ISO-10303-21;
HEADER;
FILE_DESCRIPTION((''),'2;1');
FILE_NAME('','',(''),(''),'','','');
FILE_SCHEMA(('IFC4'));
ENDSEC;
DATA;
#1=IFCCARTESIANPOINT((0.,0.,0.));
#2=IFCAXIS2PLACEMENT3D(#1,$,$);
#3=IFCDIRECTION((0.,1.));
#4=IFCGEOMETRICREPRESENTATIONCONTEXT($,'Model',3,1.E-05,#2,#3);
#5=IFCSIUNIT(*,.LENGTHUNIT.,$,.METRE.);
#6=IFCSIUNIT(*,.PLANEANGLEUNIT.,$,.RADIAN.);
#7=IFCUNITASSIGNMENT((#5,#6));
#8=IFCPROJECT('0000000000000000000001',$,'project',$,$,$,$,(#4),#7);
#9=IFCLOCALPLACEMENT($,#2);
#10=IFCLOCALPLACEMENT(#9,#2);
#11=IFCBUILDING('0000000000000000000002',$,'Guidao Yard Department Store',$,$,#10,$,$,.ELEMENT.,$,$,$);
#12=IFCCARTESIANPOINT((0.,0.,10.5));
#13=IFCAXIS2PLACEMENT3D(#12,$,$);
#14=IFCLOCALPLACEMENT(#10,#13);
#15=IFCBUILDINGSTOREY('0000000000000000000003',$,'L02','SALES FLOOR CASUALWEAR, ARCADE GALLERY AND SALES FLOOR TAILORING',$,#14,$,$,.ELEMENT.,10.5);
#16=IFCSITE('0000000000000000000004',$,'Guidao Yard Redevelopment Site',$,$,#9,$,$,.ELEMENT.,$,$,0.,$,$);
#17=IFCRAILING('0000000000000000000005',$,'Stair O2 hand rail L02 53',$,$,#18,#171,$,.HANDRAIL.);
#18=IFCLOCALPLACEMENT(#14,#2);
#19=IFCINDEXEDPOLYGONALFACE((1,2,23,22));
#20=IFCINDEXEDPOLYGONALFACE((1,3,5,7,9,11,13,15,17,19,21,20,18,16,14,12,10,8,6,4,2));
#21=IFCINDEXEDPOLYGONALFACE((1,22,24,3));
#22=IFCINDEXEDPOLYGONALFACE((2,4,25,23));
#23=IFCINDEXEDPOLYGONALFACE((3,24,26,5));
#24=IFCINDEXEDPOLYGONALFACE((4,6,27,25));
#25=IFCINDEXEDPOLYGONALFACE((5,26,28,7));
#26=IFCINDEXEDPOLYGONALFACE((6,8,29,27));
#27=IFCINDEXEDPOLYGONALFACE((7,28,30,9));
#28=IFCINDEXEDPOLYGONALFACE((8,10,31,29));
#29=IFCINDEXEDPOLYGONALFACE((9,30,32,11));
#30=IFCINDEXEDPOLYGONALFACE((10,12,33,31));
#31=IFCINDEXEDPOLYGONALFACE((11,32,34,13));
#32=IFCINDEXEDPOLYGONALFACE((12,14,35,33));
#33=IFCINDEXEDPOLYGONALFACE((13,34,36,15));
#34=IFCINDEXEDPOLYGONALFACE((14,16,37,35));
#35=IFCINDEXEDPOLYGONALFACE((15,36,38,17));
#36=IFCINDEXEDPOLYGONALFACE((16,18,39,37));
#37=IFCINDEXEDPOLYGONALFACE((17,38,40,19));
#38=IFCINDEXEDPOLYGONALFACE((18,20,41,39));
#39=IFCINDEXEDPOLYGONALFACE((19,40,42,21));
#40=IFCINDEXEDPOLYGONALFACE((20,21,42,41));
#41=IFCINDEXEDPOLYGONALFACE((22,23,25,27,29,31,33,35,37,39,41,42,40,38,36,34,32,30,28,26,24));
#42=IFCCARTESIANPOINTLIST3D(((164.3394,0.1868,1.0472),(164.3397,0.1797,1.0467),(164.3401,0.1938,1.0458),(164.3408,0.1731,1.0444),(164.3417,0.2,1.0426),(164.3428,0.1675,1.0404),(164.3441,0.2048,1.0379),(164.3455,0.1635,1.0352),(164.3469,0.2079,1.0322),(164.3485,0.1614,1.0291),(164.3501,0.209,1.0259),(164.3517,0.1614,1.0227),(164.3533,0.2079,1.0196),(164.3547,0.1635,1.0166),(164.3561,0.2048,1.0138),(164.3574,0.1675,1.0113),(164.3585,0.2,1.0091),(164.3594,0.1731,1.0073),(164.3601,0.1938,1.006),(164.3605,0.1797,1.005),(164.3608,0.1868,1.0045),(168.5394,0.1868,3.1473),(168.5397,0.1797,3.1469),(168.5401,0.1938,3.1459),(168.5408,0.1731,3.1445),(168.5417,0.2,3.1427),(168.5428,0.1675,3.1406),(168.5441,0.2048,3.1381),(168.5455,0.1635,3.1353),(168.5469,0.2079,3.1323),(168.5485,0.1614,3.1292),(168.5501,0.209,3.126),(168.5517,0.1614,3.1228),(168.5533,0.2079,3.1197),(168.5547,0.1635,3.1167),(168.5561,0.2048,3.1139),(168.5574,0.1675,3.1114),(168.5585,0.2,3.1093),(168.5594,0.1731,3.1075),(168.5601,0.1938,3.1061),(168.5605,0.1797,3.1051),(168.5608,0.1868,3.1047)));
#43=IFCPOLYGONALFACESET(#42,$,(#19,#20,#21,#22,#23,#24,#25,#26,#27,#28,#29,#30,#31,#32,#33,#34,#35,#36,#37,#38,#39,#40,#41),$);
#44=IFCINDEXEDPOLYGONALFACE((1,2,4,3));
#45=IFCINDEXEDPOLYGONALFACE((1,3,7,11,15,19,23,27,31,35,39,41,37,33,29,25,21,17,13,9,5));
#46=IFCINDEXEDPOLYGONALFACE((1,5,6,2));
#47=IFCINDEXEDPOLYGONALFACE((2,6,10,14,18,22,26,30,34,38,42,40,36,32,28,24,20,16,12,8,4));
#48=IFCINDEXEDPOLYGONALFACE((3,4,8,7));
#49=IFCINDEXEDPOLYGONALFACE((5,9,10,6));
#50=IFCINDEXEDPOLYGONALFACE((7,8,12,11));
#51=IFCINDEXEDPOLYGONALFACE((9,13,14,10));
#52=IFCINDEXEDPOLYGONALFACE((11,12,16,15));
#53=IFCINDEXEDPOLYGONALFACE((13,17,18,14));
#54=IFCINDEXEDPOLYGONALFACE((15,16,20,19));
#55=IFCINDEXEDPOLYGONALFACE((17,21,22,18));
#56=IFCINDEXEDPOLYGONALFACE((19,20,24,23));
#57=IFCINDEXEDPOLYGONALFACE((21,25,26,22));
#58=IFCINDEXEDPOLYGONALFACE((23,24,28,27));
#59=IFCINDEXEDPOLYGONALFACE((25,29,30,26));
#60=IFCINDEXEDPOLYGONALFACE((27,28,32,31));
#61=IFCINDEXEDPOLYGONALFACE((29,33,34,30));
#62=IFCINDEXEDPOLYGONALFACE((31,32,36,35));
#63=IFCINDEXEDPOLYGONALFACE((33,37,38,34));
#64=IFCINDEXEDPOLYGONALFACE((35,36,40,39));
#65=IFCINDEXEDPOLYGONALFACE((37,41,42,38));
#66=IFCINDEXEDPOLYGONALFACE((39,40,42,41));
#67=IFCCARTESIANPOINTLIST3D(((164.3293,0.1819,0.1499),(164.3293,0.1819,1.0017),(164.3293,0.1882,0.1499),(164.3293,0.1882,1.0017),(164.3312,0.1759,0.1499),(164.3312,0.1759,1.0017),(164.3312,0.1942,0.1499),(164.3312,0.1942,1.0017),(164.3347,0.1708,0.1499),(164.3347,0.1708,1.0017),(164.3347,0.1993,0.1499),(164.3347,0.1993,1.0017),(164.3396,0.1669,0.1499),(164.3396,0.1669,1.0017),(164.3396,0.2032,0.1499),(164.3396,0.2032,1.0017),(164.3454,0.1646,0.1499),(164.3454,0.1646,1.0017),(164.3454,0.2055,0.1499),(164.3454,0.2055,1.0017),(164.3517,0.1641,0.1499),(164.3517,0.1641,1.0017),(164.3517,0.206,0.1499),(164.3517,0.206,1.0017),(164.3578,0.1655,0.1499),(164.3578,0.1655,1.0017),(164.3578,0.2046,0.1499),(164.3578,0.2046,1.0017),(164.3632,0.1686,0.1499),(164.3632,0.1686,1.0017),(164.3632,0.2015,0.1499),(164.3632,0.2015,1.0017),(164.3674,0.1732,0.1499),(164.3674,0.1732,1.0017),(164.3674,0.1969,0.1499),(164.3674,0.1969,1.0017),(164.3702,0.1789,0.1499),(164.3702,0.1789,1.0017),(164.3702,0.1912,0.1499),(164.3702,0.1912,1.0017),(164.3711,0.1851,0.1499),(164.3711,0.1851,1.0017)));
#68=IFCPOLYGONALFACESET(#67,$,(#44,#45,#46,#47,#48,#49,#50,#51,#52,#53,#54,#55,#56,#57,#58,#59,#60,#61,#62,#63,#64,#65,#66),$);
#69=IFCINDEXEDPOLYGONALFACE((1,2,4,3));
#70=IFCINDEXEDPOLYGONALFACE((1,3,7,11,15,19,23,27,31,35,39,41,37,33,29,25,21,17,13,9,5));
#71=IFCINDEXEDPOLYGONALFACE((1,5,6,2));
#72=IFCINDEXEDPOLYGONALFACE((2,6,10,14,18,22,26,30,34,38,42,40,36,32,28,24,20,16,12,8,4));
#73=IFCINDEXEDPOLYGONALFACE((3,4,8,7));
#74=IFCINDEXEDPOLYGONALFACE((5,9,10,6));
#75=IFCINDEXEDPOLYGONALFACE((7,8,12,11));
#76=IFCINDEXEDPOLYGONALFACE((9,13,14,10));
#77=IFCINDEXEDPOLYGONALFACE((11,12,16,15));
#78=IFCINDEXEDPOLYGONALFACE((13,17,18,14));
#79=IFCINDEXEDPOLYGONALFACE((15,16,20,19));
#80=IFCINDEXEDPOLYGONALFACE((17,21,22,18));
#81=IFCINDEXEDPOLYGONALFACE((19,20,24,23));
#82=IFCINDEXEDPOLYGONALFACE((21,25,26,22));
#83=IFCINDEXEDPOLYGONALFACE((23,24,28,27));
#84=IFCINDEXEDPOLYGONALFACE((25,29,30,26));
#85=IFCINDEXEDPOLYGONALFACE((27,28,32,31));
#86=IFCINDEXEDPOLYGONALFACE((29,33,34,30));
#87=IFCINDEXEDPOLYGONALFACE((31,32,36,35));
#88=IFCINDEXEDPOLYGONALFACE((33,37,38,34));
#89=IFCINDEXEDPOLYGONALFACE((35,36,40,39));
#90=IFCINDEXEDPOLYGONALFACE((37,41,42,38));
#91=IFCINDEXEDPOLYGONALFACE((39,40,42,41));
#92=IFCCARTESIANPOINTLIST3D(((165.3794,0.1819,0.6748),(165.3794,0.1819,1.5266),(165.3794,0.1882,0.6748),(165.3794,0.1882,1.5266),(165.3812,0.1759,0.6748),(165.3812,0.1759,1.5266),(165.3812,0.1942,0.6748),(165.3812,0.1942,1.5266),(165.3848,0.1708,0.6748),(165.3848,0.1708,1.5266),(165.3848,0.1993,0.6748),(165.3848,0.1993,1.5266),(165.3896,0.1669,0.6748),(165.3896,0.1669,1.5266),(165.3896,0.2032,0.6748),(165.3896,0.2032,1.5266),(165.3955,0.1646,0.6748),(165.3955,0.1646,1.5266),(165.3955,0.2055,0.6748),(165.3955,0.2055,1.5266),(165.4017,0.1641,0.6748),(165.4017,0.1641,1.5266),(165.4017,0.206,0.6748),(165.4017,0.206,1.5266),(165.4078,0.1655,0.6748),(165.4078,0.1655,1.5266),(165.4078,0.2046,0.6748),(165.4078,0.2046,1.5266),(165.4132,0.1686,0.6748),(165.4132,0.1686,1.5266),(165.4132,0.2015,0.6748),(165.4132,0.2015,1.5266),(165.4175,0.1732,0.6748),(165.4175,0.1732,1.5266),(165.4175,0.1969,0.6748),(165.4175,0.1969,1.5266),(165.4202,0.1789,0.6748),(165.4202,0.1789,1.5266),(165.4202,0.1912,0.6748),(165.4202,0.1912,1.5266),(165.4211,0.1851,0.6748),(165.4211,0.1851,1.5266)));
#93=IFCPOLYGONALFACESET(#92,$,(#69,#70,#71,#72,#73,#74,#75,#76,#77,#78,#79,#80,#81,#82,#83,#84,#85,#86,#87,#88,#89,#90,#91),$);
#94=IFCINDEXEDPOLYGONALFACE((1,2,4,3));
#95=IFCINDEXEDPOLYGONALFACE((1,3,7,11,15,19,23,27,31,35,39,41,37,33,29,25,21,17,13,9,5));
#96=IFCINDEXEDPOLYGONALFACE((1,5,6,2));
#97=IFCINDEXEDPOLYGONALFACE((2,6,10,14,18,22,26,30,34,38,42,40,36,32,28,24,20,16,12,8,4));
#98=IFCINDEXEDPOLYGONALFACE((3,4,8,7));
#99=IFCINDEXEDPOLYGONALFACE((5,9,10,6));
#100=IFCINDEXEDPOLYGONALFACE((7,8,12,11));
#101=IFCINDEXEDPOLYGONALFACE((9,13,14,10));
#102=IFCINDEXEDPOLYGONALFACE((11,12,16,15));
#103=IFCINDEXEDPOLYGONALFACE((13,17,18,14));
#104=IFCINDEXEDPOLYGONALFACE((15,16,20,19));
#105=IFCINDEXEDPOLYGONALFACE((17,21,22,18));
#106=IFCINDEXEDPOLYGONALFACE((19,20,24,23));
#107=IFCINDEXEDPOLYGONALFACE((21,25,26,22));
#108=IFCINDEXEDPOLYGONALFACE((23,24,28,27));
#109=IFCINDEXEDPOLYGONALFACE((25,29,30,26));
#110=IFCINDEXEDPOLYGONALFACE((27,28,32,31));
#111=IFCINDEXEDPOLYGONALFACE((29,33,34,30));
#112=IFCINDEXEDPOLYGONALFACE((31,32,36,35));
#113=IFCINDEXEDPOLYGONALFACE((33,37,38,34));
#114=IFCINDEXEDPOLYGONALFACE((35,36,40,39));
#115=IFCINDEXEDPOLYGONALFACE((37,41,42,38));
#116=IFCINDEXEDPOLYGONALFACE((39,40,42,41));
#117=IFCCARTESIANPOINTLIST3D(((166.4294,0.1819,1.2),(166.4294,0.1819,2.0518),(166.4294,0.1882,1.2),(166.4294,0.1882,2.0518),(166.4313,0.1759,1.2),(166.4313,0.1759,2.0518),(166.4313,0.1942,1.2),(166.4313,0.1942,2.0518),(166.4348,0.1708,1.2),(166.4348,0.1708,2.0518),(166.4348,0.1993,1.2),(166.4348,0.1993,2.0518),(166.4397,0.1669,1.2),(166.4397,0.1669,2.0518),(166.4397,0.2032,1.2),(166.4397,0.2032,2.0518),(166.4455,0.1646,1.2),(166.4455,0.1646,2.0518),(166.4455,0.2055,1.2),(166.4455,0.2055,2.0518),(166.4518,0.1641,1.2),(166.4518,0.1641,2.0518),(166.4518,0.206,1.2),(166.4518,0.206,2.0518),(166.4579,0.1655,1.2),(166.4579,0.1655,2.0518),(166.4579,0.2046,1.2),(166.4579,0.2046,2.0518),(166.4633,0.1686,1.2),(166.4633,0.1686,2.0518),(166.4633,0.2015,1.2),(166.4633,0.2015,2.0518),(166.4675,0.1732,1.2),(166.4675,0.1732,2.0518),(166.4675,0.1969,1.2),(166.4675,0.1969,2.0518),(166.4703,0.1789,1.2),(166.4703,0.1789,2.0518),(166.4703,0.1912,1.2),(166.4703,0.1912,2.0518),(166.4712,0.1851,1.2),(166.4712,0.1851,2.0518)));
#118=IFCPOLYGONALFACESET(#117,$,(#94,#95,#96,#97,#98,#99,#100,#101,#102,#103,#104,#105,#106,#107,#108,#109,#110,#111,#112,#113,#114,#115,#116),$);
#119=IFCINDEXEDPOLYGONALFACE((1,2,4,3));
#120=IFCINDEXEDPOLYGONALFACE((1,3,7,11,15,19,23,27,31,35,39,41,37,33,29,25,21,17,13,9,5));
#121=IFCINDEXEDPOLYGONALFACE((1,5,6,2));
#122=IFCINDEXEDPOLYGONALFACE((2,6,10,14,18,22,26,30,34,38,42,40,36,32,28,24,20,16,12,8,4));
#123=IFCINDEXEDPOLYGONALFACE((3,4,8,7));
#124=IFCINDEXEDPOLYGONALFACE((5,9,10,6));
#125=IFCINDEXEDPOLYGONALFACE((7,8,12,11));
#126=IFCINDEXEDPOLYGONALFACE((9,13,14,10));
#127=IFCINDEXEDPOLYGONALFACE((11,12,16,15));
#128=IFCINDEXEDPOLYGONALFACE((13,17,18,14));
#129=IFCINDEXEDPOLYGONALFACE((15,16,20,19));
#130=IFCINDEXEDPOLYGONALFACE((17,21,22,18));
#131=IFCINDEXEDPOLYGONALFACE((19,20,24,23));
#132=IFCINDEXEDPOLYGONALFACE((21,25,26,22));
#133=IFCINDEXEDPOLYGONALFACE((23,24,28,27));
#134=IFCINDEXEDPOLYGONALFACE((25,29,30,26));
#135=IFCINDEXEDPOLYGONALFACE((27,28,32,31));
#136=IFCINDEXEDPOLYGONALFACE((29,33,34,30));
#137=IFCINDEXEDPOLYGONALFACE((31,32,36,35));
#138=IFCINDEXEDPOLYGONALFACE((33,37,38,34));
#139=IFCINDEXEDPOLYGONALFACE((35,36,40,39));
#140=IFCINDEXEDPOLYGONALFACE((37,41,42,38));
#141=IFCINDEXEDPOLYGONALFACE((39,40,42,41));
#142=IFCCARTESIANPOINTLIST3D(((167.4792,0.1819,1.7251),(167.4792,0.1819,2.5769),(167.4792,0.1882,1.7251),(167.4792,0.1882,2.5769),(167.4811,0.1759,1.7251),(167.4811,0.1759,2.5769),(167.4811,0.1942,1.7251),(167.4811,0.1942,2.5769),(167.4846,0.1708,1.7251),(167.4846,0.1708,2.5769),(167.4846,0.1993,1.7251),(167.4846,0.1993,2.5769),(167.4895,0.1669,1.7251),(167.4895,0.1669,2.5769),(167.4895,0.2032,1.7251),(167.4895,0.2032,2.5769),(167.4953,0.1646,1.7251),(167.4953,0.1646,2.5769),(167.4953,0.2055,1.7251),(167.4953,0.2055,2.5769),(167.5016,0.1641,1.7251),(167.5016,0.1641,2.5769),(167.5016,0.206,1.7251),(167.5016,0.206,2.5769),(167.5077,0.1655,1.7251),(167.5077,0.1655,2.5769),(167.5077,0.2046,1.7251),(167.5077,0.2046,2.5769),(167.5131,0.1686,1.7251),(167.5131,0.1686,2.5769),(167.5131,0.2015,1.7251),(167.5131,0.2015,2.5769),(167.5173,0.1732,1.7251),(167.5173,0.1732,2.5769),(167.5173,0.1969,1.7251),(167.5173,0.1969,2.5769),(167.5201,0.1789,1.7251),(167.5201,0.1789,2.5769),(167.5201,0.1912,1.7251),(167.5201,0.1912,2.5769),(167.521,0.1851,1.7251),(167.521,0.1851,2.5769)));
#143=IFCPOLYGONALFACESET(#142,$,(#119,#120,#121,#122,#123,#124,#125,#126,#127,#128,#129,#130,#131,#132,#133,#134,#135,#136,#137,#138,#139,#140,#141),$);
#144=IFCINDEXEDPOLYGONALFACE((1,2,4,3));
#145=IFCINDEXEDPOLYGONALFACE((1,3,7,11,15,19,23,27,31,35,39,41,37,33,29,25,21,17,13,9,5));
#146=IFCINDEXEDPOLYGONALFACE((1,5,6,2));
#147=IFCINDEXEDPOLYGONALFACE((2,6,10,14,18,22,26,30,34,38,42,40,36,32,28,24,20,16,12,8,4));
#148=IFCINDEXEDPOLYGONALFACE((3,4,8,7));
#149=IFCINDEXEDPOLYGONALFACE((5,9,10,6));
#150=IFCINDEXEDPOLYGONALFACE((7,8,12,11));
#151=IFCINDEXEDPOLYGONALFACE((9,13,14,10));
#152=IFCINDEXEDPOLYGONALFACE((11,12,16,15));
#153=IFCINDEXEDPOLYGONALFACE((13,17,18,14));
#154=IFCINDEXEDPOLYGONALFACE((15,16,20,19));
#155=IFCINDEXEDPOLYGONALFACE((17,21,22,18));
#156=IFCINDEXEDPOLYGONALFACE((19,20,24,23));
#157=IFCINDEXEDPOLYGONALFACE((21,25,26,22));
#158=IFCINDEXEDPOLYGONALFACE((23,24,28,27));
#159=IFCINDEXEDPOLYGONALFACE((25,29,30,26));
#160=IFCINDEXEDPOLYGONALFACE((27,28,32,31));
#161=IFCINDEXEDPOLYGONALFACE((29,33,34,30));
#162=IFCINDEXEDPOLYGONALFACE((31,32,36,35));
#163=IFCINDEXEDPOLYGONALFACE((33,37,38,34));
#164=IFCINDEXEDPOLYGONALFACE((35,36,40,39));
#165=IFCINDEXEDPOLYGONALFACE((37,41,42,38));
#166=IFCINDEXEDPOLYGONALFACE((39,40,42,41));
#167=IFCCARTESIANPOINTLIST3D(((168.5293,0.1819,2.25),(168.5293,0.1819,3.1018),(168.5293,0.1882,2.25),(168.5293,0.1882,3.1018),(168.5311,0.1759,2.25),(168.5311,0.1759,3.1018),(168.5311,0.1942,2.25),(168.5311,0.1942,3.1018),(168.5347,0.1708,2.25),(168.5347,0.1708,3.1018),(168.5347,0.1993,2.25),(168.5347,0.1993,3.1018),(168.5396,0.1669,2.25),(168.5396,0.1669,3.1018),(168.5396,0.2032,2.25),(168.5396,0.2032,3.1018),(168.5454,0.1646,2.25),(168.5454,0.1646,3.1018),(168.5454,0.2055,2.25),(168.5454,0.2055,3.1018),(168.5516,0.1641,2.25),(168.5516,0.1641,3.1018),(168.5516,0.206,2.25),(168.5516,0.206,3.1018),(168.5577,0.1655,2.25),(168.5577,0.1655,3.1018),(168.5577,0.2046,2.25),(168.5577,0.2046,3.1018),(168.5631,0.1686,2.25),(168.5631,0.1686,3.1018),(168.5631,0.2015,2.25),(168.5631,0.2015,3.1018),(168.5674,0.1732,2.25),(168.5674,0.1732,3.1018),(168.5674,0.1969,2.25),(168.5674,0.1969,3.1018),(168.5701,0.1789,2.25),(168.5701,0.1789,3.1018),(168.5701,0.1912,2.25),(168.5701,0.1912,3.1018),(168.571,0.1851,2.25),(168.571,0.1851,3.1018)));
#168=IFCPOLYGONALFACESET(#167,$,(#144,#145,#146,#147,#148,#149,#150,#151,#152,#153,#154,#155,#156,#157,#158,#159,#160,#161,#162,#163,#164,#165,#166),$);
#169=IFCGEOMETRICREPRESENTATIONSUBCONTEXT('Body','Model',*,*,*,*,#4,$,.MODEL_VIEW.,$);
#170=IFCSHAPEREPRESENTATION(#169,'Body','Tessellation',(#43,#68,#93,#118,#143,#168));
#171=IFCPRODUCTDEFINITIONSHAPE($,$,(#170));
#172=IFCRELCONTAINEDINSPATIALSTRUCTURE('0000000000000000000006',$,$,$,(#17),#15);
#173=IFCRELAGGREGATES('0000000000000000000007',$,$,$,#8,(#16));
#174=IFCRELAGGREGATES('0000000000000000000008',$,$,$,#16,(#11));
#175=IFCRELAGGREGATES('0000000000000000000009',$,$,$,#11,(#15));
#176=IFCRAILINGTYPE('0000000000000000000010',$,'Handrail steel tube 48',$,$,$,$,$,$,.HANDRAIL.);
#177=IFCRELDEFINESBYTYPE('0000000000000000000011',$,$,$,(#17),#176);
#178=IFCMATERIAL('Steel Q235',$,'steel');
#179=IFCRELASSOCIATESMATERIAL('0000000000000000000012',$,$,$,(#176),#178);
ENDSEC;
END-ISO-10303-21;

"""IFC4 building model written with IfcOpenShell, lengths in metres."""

from ifc_helpers import new_model, si_unit, direction, frame, origin, origin_2d, place, context, subcontext, project, spatial, circle, extrude, material, type_object, element, save


model = new_model("IFC4")

# Units and contexts
model_context = context("Model", 3, precision=1e-05, world=origin(), true_north=direction((0.0, 1.0)))
body_context = subcontext(model_context, "Body", "Model", "MODEL_VIEW")
ifc_project = project(units=[si_unit("LENGTHUNIT", "METRE"), si_unit("PLANEANGLEUNIT", "RADIAN")], contexts=[model_context])

# Site, building, storey
site_placement = place(None, origin())
site = spatial("IfcSite", under=ifc_project, at=site_placement, Name="Guidao Yard Redevelopment Site", CompositionType="ELEMENT", RefElevation=0.0)
building_placement = place(site_placement, origin())
building = spatial("IfcBuilding", under=site, at=building_placement, Name="Guidao Yard Department Store", CompositionType="ELEMENT")
storey_placement = place(building_placement, frame((0.0, 0.0, 10.5)))
storey = spatial("IfcBuildingStorey", under=building, at=storey_placement, Name="L02", Description="SALES FLOOR CASUALWEAR, ARCADE GALLERY AND SALES FLOOR TAILORING", CompositionType="ELEMENT", Elevation=10.5)

# Railing
ifc_material_1 = material(Name="Steel Q235", Category="steel")
railing_type = type_object("IfcRailingType", Name="Handrail steel tube 48", PredefinedType="HANDRAIL", material=ifc_material_1)
railing_placement = place(storey_placement, frame((164.3501, 0.1851, 0.1499)))
element("IfcRailing", 1, at=railing_placement, inside=storey, type_object=railing_type, Name="Stair O2 hand rail L02 53", PredefinedType="HANDRAIL", context=body_context, shape_type="SweptSolid", body=[
    extrude(circle(Radius=0.0239, at=origin_2d()), frame((0.0, 0.0, 0.876), z_axis=(0.894417, 0.0, 0.447234), x_axis=(0.0, 1.0, 0.0)), (0.0, 0.0, 1.0), 4.6958),
    extrude(circle(Radius=0.021, at=origin_2d()), origin(), (0.0, 0.0, 1.0), 0.8518),
    extrude(circle(Radius=0.021, at=origin_2d()), frame((1.05, 0.0, 0.5249)), (0.0, 0.0, 1.0), 0.8518),
    extrude(circle(Radius=0.021, at=origin_2d()), frame((2.1001, 0.0, 1.05)), (0.0, 0.0, 1.0), 0.8518),
    extrude(circle(Radius=0.021, at=origin_2d()), frame((3.1499, 0.0, 1.5752)), (0.0, 0.0, 1.0), 0.8518),
    extrude(circle(Radius=0.021, at=origin_2d()), frame((4.2, 0.0, 2.1001)), (0.0, 0.0, 1.0), 0.8518),
])

save(model, "model.ifc")
